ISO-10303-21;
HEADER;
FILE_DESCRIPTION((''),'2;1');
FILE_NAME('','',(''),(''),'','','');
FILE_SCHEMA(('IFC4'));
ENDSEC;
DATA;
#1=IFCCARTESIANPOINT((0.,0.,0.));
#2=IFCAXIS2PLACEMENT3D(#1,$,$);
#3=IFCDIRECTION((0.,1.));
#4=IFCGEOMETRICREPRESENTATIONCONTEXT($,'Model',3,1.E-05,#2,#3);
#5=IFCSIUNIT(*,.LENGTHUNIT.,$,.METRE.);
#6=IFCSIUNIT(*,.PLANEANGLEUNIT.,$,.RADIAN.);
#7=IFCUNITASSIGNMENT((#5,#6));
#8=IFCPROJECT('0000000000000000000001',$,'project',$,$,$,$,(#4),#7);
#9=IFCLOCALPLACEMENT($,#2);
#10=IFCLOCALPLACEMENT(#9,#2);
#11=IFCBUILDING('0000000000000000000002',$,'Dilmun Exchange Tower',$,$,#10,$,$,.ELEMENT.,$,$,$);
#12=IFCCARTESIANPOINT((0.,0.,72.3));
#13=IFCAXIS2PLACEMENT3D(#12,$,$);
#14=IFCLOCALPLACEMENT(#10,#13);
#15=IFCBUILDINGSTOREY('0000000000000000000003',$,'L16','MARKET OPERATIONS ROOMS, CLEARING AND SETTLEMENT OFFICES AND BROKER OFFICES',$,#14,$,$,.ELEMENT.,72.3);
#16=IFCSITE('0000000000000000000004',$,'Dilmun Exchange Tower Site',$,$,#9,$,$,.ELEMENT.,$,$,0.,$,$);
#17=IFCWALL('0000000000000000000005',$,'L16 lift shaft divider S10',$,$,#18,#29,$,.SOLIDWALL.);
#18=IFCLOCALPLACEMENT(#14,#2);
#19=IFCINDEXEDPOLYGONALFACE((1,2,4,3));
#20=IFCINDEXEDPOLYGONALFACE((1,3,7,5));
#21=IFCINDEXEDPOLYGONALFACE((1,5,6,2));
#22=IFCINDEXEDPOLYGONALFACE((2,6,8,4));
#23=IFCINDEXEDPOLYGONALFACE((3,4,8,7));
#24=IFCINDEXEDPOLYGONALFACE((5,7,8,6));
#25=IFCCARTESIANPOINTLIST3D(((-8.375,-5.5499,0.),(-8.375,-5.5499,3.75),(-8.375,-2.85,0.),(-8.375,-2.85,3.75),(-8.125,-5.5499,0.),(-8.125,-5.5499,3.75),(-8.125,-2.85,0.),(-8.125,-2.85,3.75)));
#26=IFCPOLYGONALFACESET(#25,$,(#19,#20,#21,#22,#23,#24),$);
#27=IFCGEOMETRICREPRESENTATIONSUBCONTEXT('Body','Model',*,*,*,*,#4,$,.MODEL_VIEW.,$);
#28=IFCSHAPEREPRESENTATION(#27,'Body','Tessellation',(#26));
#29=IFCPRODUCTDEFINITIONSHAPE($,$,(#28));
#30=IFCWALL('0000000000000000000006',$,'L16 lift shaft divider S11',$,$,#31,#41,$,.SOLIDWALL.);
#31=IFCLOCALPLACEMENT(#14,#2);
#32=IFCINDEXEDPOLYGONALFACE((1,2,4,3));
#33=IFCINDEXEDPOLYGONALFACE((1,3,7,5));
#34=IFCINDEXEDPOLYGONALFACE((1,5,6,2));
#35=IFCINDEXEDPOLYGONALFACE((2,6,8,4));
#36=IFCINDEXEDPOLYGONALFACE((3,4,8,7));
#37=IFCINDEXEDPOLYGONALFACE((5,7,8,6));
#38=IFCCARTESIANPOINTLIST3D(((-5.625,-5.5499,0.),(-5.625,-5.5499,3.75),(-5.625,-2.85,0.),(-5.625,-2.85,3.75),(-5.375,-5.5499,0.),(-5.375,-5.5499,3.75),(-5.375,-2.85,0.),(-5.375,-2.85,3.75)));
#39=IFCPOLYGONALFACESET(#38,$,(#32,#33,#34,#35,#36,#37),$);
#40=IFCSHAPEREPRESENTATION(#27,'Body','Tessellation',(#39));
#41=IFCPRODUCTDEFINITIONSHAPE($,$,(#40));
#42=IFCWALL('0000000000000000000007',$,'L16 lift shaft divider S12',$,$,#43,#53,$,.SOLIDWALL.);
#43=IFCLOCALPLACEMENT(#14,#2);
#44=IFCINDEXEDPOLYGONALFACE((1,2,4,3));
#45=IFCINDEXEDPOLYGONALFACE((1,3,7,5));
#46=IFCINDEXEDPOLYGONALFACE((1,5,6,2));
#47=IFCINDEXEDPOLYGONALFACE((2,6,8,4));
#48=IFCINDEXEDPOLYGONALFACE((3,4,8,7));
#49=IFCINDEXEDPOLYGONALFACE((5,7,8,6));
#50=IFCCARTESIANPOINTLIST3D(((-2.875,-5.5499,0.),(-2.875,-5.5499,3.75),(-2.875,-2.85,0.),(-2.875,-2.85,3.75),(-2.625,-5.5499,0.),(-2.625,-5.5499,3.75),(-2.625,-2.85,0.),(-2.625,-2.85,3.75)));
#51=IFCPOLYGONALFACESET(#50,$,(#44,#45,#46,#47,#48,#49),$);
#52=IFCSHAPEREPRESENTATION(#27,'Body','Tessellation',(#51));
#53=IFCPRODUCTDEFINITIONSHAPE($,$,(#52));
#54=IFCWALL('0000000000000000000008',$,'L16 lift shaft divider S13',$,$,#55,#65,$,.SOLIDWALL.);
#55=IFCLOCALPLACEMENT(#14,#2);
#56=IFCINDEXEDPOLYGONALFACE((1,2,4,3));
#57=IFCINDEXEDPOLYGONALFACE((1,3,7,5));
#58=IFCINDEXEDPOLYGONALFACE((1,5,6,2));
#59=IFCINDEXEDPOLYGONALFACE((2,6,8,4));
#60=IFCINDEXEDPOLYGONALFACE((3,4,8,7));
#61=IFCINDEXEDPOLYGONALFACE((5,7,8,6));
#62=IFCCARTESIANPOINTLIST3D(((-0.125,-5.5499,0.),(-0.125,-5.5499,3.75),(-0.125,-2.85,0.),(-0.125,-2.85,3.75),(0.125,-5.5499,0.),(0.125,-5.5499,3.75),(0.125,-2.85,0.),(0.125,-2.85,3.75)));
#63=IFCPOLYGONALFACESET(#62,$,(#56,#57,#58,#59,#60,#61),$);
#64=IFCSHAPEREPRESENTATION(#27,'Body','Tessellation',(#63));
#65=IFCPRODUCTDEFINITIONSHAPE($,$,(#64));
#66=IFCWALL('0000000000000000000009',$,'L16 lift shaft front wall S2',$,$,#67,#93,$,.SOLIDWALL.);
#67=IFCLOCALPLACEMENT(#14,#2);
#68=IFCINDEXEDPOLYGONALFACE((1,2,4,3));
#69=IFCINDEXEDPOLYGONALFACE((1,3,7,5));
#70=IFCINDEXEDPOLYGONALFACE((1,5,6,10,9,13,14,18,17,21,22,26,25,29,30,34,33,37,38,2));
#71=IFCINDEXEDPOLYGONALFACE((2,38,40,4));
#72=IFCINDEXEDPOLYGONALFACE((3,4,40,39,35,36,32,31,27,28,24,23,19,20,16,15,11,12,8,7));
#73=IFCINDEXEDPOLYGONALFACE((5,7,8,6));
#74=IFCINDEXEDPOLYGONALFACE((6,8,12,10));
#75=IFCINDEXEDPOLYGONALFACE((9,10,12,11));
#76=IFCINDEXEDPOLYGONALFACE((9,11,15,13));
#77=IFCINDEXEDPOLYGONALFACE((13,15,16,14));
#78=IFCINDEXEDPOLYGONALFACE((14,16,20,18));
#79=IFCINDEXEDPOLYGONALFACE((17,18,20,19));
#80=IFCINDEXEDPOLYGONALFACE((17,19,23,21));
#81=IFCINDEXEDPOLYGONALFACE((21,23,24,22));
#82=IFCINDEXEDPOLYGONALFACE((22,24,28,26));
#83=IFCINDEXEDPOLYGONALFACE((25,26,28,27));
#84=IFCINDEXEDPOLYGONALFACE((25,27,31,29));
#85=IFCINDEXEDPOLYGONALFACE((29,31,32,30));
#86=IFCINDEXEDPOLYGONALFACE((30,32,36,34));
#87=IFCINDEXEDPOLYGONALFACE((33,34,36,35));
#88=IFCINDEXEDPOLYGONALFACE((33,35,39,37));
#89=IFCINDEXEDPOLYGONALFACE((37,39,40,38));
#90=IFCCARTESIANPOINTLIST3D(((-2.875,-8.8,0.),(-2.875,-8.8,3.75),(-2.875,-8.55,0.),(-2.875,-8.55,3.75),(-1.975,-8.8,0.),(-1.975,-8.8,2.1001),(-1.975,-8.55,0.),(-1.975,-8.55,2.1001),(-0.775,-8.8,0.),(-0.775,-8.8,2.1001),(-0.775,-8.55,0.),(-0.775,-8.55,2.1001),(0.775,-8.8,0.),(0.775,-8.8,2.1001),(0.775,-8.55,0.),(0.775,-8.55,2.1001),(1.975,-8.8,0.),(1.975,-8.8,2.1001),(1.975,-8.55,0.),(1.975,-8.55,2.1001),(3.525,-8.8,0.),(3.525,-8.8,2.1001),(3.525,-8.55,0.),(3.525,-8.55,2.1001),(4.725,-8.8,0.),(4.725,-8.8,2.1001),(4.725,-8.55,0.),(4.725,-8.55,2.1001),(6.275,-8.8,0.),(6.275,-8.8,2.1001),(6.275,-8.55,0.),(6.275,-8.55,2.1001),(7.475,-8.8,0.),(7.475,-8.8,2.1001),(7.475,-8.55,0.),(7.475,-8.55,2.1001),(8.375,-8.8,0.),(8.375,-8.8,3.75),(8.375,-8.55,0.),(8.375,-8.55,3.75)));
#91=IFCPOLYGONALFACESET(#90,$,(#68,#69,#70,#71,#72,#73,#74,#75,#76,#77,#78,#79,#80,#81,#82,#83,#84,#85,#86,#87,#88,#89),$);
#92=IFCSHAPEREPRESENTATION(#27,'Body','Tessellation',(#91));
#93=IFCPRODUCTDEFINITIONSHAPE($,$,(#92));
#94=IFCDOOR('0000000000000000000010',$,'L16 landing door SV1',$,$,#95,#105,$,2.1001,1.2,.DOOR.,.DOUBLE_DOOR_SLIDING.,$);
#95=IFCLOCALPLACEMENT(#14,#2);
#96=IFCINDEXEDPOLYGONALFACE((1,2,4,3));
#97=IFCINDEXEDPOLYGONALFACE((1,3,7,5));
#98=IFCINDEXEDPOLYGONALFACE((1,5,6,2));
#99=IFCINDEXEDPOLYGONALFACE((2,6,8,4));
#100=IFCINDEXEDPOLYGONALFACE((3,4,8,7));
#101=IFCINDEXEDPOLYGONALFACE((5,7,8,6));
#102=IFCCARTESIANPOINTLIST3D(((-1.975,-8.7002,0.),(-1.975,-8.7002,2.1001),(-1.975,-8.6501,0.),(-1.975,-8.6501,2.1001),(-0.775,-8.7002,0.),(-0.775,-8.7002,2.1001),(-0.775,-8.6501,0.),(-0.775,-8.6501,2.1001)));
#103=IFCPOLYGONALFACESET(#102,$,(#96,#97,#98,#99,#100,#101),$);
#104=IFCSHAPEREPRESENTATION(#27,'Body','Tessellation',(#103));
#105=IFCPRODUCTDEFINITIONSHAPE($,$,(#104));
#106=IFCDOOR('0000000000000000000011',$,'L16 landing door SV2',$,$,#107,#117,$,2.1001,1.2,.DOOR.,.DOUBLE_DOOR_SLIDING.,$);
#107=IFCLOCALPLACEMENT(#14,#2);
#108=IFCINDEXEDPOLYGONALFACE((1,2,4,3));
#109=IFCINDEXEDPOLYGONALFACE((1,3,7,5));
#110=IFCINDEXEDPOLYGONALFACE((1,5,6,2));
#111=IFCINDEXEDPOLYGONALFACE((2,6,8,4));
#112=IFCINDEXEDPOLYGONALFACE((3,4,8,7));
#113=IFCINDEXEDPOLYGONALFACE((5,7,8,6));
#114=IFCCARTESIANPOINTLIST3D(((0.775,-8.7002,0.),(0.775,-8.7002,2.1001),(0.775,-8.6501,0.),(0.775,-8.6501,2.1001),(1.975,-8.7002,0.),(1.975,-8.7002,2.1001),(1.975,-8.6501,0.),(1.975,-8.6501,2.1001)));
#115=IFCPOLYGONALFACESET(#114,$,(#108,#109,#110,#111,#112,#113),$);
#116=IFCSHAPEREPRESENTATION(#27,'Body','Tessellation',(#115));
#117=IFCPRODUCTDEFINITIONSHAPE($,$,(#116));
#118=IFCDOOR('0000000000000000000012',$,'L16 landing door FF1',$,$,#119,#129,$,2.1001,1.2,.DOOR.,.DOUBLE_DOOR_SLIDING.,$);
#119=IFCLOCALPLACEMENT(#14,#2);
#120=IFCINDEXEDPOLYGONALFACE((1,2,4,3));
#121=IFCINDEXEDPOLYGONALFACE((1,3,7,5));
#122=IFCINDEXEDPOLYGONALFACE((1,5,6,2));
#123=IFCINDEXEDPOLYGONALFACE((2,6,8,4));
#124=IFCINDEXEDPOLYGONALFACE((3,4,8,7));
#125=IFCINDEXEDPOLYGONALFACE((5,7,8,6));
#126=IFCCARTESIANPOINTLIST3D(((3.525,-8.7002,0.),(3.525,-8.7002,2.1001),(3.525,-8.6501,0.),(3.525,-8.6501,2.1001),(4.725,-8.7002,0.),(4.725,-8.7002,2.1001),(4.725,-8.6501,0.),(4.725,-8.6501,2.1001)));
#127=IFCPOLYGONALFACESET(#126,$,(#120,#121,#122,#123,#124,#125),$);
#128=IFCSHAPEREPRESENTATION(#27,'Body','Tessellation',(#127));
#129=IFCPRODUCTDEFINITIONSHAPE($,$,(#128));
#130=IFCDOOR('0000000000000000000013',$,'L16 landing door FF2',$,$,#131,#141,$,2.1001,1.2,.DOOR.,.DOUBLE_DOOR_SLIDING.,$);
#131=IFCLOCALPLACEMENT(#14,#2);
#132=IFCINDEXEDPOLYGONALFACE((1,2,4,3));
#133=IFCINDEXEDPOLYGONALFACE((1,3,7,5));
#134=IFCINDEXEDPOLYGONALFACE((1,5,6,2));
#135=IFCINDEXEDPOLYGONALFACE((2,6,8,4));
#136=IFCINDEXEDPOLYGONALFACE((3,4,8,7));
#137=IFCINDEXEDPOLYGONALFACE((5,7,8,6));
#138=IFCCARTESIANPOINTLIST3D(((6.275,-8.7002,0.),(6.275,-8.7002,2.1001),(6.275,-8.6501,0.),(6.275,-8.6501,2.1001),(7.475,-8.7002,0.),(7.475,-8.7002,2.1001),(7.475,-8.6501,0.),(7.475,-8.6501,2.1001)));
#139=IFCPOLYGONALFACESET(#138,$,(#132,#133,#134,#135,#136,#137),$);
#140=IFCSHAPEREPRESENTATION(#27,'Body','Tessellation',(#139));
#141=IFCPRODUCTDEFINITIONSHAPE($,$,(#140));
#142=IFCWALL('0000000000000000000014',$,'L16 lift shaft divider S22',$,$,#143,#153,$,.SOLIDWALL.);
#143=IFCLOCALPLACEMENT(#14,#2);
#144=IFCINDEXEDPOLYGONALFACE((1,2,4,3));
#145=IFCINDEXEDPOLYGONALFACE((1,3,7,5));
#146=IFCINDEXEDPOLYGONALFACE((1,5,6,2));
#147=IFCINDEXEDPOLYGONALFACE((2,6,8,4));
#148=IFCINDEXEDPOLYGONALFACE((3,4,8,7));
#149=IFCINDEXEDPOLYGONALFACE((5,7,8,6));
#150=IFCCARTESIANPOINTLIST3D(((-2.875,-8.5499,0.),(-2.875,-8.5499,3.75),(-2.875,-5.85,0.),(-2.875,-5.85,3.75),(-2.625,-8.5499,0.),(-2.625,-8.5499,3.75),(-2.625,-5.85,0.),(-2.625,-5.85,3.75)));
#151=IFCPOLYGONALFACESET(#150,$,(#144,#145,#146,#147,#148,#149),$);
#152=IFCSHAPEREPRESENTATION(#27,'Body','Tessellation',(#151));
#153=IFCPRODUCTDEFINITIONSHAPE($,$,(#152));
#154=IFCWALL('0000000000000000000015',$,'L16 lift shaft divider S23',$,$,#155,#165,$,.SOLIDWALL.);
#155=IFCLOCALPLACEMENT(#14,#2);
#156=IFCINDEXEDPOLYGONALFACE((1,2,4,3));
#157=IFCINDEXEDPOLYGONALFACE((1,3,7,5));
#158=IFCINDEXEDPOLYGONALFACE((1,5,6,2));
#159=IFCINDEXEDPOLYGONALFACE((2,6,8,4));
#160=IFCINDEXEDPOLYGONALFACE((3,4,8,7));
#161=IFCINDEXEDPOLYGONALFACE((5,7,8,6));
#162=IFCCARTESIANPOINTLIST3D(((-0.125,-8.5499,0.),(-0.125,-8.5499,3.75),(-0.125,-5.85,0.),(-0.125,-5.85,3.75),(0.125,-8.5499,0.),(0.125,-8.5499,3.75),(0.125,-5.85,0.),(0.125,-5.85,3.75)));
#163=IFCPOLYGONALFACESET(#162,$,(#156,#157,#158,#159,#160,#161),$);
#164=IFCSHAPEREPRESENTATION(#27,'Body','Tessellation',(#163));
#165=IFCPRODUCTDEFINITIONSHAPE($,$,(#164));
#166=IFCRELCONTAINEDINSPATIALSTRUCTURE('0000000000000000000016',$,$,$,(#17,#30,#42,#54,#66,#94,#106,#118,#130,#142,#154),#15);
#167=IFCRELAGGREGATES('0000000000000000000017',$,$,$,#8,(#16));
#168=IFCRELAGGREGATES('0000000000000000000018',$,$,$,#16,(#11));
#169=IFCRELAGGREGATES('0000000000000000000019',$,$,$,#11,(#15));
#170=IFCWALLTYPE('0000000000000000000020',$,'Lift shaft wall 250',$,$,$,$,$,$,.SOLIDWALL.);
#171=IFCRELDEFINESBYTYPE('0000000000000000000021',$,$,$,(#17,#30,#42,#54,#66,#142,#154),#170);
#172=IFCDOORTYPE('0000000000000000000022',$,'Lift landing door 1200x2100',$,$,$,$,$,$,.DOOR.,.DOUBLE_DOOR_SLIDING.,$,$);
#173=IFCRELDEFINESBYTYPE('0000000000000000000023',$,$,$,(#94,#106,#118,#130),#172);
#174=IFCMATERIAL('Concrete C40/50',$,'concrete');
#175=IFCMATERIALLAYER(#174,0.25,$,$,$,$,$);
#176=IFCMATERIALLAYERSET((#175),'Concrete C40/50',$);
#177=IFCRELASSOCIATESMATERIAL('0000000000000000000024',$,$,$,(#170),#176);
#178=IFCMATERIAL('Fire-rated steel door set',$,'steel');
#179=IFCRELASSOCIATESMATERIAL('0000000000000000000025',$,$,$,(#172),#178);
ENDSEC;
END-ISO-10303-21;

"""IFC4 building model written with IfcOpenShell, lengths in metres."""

from ifc_helpers import new_model, si_unit, direction, frame, frame_2d, origin, place, context, subcontext, project, spatial, rectangle, extrude, material, layer, layer_set, type_object, element, fill, save


model = new_model("IFC4")

# Units and contexts
model_context = context("Model", 3, precision=1e-05, world=origin(), true_north=direction((0.0, 1.0)))
body_context = subcontext(model_context, "Body", "Model", "MODEL_VIEW")
ifc_project = project(units=[si_unit("LENGTHUNIT", "METRE"), si_unit("PLANEANGLEUNIT", "RADIAN")], contexts=[model_context])

# Site, building, storey
site_placement = place(None, origin())
site = spatial("IfcSite", under=ifc_project, at=site_placement, Name="Dilmun Exchange Tower Site", CompositionType="ELEMENT", RefElevation=0.0)
building_placement = place(site_placement, origin())
building = spatial("IfcBuilding", under=site, at=building_placement, Name="Dilmun Exchange Tower", CompositionType="ELEMENT")
storey_placement = place(building_placement, frame((0.0, 0.0, 72.3)))
storey = spatial("IfcBuildingStorey", under=building, at=storey_placement, Name="L16", Description="MARKET OPERATIONS ROOMS, CLEARING AND SETTLEMENT OFFICES AND BROKER OFFICES", CompositionType="ELEMENT", Elevation=72.3)

# Shared definitions
ifc_material_1 = material(Name="Concrete C40/50", Category="concrete")

# Shared definitions
ifc_material_2 = material(Name="Fire-rated steel door set", Category="steel")

# Walls
ifc_layer_1 = layer(ifc_material_1, 0.25)
ifc_layer_set_1 = layer_set([ifc_layer_1], Name="Concrete C40/50")
wall_type_1 = type_object("IfcWallType", Name="Lift shaft wall 250", PredefinedType="SOLIDWALL", material=ifc_layer_set_1)
for number, where, z_axis, x_axis, name in (
    (1, (-8.25, -5.55, 0.0), (0.0, 0.0, 1.0), (0.0, 1.0, 0.0), "L16 lift shaft divider S10"),
    (2, (-5.5, -5.55, 0.0), (0.0, 0.0, 1.0), (0.0, 1.0, 0.0), "L16 lift shaft divider S11"),
    (3, (-2.75, -5.55, 0.0), (0.0, 0.0, 1.0), (0.0, 1.0, 0.0), "L16 lift shaft divider S12"),
    (4, (0.0, -5.55, 0.0), (0.0, 0.0, 1.0), (0.0, 1.0, 0.0), "L16 lift shaft divider S13"),
):
    element("IfcWall", number, at=place(storey_placement, frame(where, z_axis=z_axis, x_axis=x_axis)), inside=storey, type_object=wall_type_1, Name=name, PredefinedType="SOLIDWALL", context=body_context, shape_type="SweptSolid", body=[
        extrude(rectangle(XDim=2.7, YDim=0.25, at=frame_2d((1.3501, 0.0))), origin(), (0.0, 0.0, 1.0), 3.75),
    ])

# Wall, openings, doors
wall_1_placement = place(storey_placement, frame((-2.875, -8.675, 0.0), z_axis=(0.0, 0.0, 1.0), x_axis=(1.0, 0.0, 0.0)))
wall_1 = element("IfcWall", 5, at=wall_1_placement, inside=storey, type_object=wall_type_1, Name="L16 lift shaft front wall S2", PredefinedType="SOLIDWALL", context=body_context, shape_type="SweptSolid", body=[
    extrude(rectangle(XDim=11.25, YDim=0.25, at=frame_2d((5.625, 0.0))), origin(), (0.0, 0.0, 1.0), 3.75),
])
opening_1_placement = place(wall_1_placement, frame((0.8999, 0.0, 0.0)))
opening_1 = element("IfcOpeningElement", 6, at=opening_1_placement, cuts=wall_1, PredefinedType="OPENING", context=body_context, shape_type="SweptSolid", body=[
    extrude(rectangle(XDim=1.2, YDim=2.1001, at=frame_2d((0.6001, 1.05))), frame((0.0, 0.135, 0.0), z_axis=(0.0, -1.0, 0.0), x_axis=(1.0, 0.0, 0.0)), (0.0, 0.0, 1.0), 0.27),
])
opening_2_placement = place(wall_1_placement, frame((3.6499, 0.0, 0.0)))
opening_2 = element("IfcOpeningElement", 7, at=opening_2_placement, cuts=wall_1, PredefinedType="OPENING", context=body_context, shape_type="SweptSolid", body=[
    extrude(rectangle(XDim=1.2, YDim=2.1001, at=frame_2d((0.6001, 1.05))), frame((0.0, 0.135, 0.0), z_axis=(0.0, -1.0, 0.0), x_axis=(1.0, 0.0, 0.0)), (0.0, 0.0, 1.0), 0.27),
])
opening_3_placement = place(wall_1_placement, frame((6.3999, 0.0, 0.0)))
opening_3 = element("IfcOpeningElement", 8, at=opening_3_placement, cuts=wall_1, PredefinedType="OPENING", context=body_context, shape_type="SweptSolid", body=[
    extrude(rectangle(XDim=1.2, YDim=2.1001, at=frame_2d((0.6001, 1.05))), frame((0.0, 0.135, 0.0), z_axis=(0.0, -1.0, 0.0), x_axis=(1.0, 0.0, 0.0)), (0.0, 0.0, 1.0), 0.27),
])
opening_4_placement = place(wall_1_placement, frame((9.1499, 0.0, 0.0)))
opening_4 = element("IfcOpeningElement", 9, at=opening_4_placement, cuts=wall_1, PredefinedType="OPENING", context=body_context, shape_type="SweptSolid", body=[
    extrude(rectangle(XDim=1.2, YDim=2.1001, at=frame_2d((0.6001, 1.05))), frame((0.0, 0.135, 0.0), z_axis=(0.0, -1.0, 0.0), x_axis=(1.0, 0.0, 0.0)), (0.0, 0.0, 1.0), 0.27),
])
door_type_1 = type_object("IfcDoorType", Name="Lift landing door 1200x2100", OperationType="DOUBLE_DOOR_SLIDING", PredefinedType="DOOR", material=ifc_material_2)
door_1_placement = place(opening_1_placement, origin())
door_1 = element("IfcDoor", 10, at=door_1_placement, inside=storey, type_object=door_type_1, Name="L16 landing door SV1", OperationType="DOUBLE_DOOR_SLIDING", OverallHeight=2.1001, OverallWidth=1.2, PredefinedType="DOOR", context=body_context, shape_type="SweptSolid", body=[
    extrude(rectangle(XDim=1.2, YDim=2.1001, at=frame_2d((0.6001, 1.05))), frame((0.0, 0.0249, 0.0), z_axis=(0.0, -1.0, 0.0), x_axis=(1.0, 0.0, 0.0)), (0.0, 0.0, 1.0), 0.05),
])
fill(opening_1, door_1)
door_2_placement = place(opening_2_placement, origin())
door_2 = element("IfcDoor", 11, at=door_2_placement, inside=storey, type_object=door_type_1, Name="L16 landing door SV2", OperationType="DOUBLE_DOOR_SLIDING", OverallHeight=2.1001, OverallWidth=1.2, PredefinedType="DOOR", context=body_context, shape_type="SweptSolid", body=[
    extrude(rectangle(XDim=1.2, YDim=2.1001, at=frame_2d((0.6001, 1.05))), frame((0.0, 0.0249, 0.0), z_axis=(0.0, -1.0, 0.0), x_axis=(1.0, 0.0, 0.0)), (0.0, 0.0, 1.0), 0.05),
])
fill(opening_2, door_2)
door_3_placement = place(opening_3_placement, origin())
door_3 = element("IfcDoor", 12, at=door_3_placement, inside=storey, type_object=door_type_1, Name="L16 landing door FF1", OperationType="DOUBLE_DOOR_SLIDING", OverallHeight=2.1001, OverallWidth=1.2, PredefinedType="DOOR", context=body_context, shape_type="SweptSolid", body=[
    extrude(rectangle(XDim=1.2, YDim=2.1001, at=frame_2d((0.6001, 1.05))), frame((0.0, 0.0249, 0.0), z_axis=(0.0, -1.0, 0.0), x_axis=(1.0, 0.0, 0.0)), (0.0, 0.0, 1.0), 0.05),
])
fill(opening_3, door_3)
door_4_placement = place(opening_4_placement, origin())
door_4 = element("IfcDoor", 13, at=door_4_placement, inside=storey, type_object=door_type_1, Name="L16 landing door FF2", OperationType="DOUBLE_DOOR_SLIDING", OverallHeight=2.1001, OverallWidth=1.2, PredefinedType="DOOR", context=body_context, shape_type="SweptSolid", body=[
    extrude(rectangle(XDim=1.2, YDim=2.1001, at=frame_2d((0.6001, 1.05))), frame((0.0, 0.0249, 0.0), z_axis=(0.0, -1.0, 0.0), x_axis=(1.0, 0.0, 0.0)), (0.0, 0.0, 1.0), 0.05),
])
fill(opening_4, door_4)

# Walls
for number, where, z_axis, x_axis, name in (
    (14, (-2.75, -8.55, 0.0), (0.0, 0.0, 1.0), (0.0, 1.0, 0.0), "L16 lift shaft divider S22"),
    (15, (0.0, -8.55, 0.0), (0.0, 0.0, 1.0), (0.0, 1.0, 0.0), "L16 lift shaft divider S23"),
):
    element("IfcWall", number, at=place(storey_placement, frame(where, z_axis=z_axis, x_axis=x_axis)), inside=storey, type_object=wall_type_1, Name=name, PredefinedType="SOLIDWALL", context=body_context, shape_type="SweptSolid", body=[
        extrude(rectangle(XDim=2.7, YDim=0.25, at=frame_2d((1.3501, 0.0))), origin(), (0.0, 0.0, 1.0), 3.75),
    ])

save(model, "model.ifc")
